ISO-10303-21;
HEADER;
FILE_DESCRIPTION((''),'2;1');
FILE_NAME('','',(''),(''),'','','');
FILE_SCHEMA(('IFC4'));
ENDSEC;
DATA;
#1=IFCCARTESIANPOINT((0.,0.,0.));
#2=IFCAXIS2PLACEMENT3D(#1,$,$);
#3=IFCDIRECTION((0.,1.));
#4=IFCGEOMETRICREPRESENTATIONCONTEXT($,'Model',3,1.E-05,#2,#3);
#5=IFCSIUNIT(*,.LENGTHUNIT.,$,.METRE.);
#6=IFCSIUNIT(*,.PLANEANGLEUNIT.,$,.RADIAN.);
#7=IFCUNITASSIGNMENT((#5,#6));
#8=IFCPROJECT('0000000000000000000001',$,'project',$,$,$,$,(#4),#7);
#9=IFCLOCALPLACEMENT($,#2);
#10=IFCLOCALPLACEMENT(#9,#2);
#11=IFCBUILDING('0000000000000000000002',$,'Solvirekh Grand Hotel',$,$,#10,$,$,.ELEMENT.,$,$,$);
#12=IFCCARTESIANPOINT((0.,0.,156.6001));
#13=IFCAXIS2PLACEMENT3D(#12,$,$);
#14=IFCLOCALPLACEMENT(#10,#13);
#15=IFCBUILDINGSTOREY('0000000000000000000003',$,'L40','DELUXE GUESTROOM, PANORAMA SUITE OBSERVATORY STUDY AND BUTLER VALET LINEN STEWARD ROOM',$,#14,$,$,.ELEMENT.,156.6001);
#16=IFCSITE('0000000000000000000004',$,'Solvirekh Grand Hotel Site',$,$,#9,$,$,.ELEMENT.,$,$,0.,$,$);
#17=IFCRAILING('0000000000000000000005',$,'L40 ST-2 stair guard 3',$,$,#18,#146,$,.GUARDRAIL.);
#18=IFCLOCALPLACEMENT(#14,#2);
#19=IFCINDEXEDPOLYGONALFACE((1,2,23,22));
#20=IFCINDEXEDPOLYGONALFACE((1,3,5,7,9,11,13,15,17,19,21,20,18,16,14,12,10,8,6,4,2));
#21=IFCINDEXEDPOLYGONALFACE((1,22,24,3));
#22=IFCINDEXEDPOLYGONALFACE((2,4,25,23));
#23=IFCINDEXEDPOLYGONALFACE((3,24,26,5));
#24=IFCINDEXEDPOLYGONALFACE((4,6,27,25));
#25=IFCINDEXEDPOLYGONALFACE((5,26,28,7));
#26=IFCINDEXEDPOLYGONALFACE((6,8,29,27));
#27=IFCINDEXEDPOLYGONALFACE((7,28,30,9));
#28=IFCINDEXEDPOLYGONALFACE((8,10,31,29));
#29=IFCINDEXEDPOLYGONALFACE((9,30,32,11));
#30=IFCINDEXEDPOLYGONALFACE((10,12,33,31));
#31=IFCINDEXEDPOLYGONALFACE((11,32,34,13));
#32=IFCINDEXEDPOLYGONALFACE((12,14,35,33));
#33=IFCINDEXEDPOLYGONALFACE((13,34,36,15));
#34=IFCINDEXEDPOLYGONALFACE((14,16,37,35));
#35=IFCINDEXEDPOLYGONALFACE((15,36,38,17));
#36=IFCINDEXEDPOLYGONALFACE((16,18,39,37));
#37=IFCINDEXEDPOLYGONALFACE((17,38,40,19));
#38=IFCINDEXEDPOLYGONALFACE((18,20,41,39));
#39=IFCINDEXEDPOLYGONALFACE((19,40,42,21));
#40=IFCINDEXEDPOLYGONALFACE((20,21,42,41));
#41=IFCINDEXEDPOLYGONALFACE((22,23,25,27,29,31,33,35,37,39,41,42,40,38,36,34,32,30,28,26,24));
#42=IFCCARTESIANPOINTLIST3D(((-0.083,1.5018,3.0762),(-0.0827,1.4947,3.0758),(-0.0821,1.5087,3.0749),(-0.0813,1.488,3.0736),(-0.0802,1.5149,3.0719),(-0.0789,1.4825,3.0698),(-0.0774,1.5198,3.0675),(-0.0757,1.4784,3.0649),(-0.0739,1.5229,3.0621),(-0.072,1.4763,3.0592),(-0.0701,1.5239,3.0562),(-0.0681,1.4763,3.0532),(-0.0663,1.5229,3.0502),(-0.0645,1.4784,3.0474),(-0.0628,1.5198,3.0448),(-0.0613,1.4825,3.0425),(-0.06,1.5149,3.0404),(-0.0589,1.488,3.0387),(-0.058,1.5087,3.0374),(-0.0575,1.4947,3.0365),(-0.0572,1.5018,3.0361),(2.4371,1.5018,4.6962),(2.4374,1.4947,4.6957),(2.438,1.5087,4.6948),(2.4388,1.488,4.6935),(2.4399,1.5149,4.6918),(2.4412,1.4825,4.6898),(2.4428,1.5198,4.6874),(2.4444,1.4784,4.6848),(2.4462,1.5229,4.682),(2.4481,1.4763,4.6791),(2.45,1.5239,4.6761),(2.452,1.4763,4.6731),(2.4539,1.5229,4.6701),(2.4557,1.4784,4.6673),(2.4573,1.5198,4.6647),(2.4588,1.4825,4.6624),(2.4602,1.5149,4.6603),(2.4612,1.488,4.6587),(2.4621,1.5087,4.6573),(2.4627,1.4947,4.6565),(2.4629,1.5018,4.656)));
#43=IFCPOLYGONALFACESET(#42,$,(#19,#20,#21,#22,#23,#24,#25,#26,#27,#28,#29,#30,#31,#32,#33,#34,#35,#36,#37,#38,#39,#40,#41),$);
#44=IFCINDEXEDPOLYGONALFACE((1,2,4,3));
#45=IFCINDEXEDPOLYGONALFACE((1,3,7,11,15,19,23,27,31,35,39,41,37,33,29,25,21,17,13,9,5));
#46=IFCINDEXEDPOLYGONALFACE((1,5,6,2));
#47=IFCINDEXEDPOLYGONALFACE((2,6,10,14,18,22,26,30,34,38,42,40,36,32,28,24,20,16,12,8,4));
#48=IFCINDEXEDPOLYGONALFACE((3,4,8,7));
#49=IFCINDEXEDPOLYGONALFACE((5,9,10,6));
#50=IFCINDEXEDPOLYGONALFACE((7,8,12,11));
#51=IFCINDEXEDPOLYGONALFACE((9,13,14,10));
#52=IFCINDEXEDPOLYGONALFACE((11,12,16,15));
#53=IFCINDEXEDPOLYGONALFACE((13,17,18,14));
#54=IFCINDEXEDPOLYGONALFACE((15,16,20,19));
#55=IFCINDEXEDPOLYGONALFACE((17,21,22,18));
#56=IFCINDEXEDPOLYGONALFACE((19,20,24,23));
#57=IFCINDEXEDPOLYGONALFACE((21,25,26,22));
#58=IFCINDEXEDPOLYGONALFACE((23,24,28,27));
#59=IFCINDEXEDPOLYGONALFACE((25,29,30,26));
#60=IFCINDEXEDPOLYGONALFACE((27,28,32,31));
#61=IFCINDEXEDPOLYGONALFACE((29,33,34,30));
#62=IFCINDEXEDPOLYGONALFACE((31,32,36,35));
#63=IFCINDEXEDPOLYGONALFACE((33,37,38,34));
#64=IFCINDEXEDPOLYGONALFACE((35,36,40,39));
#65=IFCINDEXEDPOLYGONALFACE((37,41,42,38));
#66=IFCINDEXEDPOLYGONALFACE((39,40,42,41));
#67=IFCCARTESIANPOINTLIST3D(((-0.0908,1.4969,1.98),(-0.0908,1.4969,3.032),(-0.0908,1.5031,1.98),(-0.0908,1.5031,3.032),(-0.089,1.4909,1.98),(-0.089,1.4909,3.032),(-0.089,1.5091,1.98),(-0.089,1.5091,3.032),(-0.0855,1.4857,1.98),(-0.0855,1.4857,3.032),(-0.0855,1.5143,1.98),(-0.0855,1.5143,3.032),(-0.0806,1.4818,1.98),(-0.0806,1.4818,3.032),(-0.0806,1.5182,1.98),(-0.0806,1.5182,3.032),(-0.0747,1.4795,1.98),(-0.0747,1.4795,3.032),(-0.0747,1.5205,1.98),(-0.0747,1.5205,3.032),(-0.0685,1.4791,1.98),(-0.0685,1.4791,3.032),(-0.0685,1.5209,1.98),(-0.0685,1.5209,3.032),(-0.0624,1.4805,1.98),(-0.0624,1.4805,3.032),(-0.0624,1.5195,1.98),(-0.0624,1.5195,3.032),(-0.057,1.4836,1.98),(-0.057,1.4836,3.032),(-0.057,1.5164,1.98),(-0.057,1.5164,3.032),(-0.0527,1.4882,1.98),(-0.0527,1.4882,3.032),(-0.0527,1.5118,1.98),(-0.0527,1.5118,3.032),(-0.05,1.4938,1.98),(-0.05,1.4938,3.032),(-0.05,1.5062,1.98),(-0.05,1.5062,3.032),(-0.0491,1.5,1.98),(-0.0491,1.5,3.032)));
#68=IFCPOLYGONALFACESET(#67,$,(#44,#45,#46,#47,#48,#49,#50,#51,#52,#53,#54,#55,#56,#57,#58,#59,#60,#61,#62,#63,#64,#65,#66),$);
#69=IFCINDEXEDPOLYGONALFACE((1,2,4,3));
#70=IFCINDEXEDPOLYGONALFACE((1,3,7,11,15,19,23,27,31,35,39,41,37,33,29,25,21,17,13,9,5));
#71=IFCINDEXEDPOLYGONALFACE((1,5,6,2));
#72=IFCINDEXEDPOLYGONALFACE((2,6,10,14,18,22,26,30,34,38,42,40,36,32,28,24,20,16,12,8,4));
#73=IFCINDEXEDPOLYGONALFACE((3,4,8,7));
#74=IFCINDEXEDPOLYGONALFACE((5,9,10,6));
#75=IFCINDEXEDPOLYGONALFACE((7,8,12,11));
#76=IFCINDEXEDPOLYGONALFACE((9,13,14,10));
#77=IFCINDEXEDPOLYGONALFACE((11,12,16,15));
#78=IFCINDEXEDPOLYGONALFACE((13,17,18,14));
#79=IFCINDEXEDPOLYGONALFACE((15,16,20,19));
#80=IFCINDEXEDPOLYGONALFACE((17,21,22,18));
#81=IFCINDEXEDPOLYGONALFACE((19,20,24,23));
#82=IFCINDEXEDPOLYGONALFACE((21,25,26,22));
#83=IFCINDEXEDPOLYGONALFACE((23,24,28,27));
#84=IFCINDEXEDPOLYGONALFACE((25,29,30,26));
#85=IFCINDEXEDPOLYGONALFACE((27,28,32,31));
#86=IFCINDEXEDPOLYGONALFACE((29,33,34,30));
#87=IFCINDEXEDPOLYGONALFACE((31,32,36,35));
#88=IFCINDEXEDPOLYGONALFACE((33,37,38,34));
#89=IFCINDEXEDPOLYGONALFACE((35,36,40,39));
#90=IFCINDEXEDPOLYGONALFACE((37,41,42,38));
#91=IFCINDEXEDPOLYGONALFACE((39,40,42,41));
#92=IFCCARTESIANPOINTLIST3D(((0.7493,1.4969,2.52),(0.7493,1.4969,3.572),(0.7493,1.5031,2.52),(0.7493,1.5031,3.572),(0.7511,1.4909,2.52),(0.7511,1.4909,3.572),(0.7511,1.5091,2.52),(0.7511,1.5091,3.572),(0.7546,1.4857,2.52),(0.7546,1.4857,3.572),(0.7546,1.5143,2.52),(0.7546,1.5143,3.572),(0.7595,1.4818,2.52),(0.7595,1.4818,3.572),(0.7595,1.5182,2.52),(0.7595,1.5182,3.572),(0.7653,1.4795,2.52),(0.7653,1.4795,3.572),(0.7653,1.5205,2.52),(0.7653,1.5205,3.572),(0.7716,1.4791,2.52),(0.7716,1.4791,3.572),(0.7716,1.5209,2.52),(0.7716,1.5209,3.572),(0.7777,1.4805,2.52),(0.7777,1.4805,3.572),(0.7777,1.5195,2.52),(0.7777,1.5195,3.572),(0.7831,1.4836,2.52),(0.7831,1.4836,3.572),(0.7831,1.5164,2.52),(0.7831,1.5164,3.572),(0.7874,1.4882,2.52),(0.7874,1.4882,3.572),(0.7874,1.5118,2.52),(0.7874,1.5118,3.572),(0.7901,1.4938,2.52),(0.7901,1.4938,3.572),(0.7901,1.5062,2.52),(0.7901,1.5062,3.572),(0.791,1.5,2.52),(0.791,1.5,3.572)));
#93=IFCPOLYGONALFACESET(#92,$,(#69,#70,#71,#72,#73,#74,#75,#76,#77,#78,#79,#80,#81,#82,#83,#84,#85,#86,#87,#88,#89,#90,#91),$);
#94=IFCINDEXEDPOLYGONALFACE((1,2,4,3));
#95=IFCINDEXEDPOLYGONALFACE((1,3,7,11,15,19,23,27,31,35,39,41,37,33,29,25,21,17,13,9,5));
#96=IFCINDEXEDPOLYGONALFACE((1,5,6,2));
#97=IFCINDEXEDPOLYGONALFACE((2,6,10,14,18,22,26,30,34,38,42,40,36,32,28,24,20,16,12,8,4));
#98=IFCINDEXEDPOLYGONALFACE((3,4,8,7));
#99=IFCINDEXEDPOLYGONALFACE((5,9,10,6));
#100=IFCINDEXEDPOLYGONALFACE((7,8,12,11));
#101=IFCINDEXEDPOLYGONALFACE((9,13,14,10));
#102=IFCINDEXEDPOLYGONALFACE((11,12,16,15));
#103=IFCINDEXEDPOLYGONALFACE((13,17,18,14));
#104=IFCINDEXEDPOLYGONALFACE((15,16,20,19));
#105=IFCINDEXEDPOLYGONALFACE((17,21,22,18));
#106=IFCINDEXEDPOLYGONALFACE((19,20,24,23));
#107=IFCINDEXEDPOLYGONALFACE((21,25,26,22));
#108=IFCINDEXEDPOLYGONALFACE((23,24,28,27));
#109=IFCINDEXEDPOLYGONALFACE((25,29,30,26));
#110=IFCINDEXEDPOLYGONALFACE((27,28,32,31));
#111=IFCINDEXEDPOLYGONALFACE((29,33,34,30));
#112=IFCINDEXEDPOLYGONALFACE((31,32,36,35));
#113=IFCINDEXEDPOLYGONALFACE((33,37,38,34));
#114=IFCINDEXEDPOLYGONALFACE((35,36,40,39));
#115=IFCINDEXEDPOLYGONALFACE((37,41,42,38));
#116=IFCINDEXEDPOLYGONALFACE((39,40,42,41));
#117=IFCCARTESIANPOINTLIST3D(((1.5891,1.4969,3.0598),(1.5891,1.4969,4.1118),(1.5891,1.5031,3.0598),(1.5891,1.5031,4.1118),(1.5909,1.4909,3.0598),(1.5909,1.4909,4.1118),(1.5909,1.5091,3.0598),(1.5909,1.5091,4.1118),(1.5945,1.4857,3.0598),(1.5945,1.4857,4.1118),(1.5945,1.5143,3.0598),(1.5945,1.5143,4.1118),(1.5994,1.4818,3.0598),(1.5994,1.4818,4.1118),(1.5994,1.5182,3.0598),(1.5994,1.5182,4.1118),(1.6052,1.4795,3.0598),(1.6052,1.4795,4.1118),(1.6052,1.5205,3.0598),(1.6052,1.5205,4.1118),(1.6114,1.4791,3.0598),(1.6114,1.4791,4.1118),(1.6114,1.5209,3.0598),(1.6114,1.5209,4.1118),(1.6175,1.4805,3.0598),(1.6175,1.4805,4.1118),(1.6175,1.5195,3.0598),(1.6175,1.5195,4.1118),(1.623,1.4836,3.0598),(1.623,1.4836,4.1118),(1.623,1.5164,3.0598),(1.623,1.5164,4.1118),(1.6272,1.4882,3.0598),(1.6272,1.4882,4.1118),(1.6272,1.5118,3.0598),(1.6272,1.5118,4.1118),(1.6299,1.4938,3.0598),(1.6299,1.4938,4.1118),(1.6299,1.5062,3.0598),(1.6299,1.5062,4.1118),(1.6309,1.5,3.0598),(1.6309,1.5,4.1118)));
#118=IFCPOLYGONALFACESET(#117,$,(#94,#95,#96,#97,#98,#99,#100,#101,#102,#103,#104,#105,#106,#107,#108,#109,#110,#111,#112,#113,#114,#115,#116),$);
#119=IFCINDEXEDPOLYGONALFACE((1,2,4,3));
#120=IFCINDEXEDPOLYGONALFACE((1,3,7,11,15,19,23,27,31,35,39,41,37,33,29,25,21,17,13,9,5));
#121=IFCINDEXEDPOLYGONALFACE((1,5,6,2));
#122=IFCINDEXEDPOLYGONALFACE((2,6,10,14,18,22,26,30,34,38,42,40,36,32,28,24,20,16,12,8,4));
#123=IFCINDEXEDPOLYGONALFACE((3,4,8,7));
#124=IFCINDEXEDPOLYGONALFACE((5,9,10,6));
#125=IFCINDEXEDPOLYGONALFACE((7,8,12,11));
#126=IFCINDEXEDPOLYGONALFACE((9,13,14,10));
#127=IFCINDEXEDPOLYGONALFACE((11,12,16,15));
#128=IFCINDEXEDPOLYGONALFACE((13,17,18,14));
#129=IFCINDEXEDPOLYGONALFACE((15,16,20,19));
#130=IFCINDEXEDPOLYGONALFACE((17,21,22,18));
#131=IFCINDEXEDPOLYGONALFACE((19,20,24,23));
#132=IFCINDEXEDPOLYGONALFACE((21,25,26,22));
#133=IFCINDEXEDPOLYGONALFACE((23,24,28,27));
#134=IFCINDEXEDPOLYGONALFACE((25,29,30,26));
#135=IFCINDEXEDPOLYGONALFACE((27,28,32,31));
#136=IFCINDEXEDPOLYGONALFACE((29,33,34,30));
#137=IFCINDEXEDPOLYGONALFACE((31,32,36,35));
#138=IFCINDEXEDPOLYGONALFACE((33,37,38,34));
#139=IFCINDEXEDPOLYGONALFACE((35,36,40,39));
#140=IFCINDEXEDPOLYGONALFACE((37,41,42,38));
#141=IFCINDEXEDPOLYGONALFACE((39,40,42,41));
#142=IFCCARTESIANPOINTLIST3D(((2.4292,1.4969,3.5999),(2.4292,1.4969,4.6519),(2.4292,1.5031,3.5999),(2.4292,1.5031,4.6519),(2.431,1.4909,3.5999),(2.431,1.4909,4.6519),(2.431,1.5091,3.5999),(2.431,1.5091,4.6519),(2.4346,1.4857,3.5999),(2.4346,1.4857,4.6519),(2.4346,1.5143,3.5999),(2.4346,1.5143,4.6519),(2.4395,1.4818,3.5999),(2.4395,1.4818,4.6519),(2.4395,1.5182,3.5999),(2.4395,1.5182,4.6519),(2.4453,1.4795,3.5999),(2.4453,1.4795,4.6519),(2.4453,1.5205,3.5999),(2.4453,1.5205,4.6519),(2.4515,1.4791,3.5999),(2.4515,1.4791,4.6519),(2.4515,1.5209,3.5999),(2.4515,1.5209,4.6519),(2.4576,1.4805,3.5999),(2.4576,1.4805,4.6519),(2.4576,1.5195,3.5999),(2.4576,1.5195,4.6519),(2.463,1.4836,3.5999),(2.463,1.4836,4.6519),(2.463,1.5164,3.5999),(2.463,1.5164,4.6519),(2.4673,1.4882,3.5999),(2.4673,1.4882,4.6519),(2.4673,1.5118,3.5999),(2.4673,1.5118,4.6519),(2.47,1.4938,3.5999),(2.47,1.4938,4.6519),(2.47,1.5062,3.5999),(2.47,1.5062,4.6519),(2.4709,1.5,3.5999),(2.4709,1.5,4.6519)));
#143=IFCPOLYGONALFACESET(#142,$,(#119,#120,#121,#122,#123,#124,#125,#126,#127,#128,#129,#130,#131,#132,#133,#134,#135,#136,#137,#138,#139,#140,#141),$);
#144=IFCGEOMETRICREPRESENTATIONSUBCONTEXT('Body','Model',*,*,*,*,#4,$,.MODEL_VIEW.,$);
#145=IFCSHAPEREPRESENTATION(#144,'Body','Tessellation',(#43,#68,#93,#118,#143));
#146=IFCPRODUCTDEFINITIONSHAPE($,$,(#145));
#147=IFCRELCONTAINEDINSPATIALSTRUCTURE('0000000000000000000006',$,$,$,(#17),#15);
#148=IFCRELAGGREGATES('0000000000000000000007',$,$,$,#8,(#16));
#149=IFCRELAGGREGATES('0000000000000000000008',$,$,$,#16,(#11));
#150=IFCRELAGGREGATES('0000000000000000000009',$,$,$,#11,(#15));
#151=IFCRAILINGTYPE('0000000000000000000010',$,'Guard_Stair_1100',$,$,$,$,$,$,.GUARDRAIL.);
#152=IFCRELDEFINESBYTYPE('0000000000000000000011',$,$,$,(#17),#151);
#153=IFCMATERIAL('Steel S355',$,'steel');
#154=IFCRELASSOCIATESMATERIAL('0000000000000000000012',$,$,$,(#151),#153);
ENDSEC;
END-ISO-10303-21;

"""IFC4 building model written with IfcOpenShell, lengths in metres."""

from ifc_helpers import new_model, si_unit, direction, frame, origin, origin_2d, place, context, subcontext, project, spatial, circle, extrude, material, type_object, element, save


model = new_model("IFC4")

# Units and contexts
model_context = context("Model", 3, precision=1e-05, world=origin(), true_north=direction((0.0, 1.0)))
body_context = subcontext(model_context, "Body", "Model", "MODEL_VIEW")
ifc_project = project(units=[si_unit("LENGTHUNIT", "METRE"), si_unit("PLANEANGLEUNIT", "RADIAN")], contexts=[model_context])

# Site, building, storey
site_placement = place(None, origin())
site = spatial("IfcSite", under=ifc_project, at=site_placement, Name="Solvirekh Grand Hotel Site", CompositionType="ELEMENT", RefElevation=0.0)
building_placement = place(site_placement, origin())
building = spatial("IfcBuilding", under=site, at=building_placement, Name="Solvirekh Grand Hotel", CompositionType="ELEMENT")
storey_placement = place(building_placement, frame((0.0, 0.0, 156.6001)))
storey = spatial("IfcBuildingStorey", under=building, at=storey_placement, Name="L40", Description="DELUXE GUESTROOM, PANORAMA SUITE OBSERVATORY STUDY AND BUTLER VALET LINEN STEWARD ROOM", CompositionType="ELEMENT", Elevation=156.6001)

# Shared definitions
ifc_material_1 = material(Name="Steel S355", Category="steel")

# Railing
railing_type_1 = type_object("IfcRailingType", Name="Guard_Stair_1100", PredefinedType="GUARDRAIL", material=ifc_material_1)
railing_1_placement = place(storey_placement, frame((-0.0701, 1.5, 1.98)))
element("IfcRailing", 1, at=railing_1_placement, inside=storey, type_object=railing_type_1, Name="L40 ST-2 stair guard 3", PredefinedType="GUARDRAIL", context=body_context, shape_type="SweptSolid", body=[
    extrude(circle(Radius=0.0239, at=origin_2d()), frame((0.0, 0.0, 1.0762), z_axis=(0.8412, 0.0, 0.540725), x_axis=(0.0, 1.0, 0.0)), (0.0, 0.0, 1.0), 2.9958),
    extrude(circle(Radius=0.021, at=origin_2d()), origin(), (0.0, 0.0, 1.0), 1.052),
    extrude(circle(Radius=0.021, at=origin_2d()), frame((0.8401, 0.0, 0.54)), (0.0, 0.0, 1.0), 1.052),
    extrude(circle(Radius=0.021, at=origin_2d()), frame((1.6799, 0.0, 1.0798)), (0.0, 0.0, 1.0), 1.052),
    extrude(circle(Radius=0.021, at=origin_2d()), frame((2.52, 0.0, 1.6199)), (0.0, 0.0, 1.0), 1.052),
])

save(model, "model.ifc")
